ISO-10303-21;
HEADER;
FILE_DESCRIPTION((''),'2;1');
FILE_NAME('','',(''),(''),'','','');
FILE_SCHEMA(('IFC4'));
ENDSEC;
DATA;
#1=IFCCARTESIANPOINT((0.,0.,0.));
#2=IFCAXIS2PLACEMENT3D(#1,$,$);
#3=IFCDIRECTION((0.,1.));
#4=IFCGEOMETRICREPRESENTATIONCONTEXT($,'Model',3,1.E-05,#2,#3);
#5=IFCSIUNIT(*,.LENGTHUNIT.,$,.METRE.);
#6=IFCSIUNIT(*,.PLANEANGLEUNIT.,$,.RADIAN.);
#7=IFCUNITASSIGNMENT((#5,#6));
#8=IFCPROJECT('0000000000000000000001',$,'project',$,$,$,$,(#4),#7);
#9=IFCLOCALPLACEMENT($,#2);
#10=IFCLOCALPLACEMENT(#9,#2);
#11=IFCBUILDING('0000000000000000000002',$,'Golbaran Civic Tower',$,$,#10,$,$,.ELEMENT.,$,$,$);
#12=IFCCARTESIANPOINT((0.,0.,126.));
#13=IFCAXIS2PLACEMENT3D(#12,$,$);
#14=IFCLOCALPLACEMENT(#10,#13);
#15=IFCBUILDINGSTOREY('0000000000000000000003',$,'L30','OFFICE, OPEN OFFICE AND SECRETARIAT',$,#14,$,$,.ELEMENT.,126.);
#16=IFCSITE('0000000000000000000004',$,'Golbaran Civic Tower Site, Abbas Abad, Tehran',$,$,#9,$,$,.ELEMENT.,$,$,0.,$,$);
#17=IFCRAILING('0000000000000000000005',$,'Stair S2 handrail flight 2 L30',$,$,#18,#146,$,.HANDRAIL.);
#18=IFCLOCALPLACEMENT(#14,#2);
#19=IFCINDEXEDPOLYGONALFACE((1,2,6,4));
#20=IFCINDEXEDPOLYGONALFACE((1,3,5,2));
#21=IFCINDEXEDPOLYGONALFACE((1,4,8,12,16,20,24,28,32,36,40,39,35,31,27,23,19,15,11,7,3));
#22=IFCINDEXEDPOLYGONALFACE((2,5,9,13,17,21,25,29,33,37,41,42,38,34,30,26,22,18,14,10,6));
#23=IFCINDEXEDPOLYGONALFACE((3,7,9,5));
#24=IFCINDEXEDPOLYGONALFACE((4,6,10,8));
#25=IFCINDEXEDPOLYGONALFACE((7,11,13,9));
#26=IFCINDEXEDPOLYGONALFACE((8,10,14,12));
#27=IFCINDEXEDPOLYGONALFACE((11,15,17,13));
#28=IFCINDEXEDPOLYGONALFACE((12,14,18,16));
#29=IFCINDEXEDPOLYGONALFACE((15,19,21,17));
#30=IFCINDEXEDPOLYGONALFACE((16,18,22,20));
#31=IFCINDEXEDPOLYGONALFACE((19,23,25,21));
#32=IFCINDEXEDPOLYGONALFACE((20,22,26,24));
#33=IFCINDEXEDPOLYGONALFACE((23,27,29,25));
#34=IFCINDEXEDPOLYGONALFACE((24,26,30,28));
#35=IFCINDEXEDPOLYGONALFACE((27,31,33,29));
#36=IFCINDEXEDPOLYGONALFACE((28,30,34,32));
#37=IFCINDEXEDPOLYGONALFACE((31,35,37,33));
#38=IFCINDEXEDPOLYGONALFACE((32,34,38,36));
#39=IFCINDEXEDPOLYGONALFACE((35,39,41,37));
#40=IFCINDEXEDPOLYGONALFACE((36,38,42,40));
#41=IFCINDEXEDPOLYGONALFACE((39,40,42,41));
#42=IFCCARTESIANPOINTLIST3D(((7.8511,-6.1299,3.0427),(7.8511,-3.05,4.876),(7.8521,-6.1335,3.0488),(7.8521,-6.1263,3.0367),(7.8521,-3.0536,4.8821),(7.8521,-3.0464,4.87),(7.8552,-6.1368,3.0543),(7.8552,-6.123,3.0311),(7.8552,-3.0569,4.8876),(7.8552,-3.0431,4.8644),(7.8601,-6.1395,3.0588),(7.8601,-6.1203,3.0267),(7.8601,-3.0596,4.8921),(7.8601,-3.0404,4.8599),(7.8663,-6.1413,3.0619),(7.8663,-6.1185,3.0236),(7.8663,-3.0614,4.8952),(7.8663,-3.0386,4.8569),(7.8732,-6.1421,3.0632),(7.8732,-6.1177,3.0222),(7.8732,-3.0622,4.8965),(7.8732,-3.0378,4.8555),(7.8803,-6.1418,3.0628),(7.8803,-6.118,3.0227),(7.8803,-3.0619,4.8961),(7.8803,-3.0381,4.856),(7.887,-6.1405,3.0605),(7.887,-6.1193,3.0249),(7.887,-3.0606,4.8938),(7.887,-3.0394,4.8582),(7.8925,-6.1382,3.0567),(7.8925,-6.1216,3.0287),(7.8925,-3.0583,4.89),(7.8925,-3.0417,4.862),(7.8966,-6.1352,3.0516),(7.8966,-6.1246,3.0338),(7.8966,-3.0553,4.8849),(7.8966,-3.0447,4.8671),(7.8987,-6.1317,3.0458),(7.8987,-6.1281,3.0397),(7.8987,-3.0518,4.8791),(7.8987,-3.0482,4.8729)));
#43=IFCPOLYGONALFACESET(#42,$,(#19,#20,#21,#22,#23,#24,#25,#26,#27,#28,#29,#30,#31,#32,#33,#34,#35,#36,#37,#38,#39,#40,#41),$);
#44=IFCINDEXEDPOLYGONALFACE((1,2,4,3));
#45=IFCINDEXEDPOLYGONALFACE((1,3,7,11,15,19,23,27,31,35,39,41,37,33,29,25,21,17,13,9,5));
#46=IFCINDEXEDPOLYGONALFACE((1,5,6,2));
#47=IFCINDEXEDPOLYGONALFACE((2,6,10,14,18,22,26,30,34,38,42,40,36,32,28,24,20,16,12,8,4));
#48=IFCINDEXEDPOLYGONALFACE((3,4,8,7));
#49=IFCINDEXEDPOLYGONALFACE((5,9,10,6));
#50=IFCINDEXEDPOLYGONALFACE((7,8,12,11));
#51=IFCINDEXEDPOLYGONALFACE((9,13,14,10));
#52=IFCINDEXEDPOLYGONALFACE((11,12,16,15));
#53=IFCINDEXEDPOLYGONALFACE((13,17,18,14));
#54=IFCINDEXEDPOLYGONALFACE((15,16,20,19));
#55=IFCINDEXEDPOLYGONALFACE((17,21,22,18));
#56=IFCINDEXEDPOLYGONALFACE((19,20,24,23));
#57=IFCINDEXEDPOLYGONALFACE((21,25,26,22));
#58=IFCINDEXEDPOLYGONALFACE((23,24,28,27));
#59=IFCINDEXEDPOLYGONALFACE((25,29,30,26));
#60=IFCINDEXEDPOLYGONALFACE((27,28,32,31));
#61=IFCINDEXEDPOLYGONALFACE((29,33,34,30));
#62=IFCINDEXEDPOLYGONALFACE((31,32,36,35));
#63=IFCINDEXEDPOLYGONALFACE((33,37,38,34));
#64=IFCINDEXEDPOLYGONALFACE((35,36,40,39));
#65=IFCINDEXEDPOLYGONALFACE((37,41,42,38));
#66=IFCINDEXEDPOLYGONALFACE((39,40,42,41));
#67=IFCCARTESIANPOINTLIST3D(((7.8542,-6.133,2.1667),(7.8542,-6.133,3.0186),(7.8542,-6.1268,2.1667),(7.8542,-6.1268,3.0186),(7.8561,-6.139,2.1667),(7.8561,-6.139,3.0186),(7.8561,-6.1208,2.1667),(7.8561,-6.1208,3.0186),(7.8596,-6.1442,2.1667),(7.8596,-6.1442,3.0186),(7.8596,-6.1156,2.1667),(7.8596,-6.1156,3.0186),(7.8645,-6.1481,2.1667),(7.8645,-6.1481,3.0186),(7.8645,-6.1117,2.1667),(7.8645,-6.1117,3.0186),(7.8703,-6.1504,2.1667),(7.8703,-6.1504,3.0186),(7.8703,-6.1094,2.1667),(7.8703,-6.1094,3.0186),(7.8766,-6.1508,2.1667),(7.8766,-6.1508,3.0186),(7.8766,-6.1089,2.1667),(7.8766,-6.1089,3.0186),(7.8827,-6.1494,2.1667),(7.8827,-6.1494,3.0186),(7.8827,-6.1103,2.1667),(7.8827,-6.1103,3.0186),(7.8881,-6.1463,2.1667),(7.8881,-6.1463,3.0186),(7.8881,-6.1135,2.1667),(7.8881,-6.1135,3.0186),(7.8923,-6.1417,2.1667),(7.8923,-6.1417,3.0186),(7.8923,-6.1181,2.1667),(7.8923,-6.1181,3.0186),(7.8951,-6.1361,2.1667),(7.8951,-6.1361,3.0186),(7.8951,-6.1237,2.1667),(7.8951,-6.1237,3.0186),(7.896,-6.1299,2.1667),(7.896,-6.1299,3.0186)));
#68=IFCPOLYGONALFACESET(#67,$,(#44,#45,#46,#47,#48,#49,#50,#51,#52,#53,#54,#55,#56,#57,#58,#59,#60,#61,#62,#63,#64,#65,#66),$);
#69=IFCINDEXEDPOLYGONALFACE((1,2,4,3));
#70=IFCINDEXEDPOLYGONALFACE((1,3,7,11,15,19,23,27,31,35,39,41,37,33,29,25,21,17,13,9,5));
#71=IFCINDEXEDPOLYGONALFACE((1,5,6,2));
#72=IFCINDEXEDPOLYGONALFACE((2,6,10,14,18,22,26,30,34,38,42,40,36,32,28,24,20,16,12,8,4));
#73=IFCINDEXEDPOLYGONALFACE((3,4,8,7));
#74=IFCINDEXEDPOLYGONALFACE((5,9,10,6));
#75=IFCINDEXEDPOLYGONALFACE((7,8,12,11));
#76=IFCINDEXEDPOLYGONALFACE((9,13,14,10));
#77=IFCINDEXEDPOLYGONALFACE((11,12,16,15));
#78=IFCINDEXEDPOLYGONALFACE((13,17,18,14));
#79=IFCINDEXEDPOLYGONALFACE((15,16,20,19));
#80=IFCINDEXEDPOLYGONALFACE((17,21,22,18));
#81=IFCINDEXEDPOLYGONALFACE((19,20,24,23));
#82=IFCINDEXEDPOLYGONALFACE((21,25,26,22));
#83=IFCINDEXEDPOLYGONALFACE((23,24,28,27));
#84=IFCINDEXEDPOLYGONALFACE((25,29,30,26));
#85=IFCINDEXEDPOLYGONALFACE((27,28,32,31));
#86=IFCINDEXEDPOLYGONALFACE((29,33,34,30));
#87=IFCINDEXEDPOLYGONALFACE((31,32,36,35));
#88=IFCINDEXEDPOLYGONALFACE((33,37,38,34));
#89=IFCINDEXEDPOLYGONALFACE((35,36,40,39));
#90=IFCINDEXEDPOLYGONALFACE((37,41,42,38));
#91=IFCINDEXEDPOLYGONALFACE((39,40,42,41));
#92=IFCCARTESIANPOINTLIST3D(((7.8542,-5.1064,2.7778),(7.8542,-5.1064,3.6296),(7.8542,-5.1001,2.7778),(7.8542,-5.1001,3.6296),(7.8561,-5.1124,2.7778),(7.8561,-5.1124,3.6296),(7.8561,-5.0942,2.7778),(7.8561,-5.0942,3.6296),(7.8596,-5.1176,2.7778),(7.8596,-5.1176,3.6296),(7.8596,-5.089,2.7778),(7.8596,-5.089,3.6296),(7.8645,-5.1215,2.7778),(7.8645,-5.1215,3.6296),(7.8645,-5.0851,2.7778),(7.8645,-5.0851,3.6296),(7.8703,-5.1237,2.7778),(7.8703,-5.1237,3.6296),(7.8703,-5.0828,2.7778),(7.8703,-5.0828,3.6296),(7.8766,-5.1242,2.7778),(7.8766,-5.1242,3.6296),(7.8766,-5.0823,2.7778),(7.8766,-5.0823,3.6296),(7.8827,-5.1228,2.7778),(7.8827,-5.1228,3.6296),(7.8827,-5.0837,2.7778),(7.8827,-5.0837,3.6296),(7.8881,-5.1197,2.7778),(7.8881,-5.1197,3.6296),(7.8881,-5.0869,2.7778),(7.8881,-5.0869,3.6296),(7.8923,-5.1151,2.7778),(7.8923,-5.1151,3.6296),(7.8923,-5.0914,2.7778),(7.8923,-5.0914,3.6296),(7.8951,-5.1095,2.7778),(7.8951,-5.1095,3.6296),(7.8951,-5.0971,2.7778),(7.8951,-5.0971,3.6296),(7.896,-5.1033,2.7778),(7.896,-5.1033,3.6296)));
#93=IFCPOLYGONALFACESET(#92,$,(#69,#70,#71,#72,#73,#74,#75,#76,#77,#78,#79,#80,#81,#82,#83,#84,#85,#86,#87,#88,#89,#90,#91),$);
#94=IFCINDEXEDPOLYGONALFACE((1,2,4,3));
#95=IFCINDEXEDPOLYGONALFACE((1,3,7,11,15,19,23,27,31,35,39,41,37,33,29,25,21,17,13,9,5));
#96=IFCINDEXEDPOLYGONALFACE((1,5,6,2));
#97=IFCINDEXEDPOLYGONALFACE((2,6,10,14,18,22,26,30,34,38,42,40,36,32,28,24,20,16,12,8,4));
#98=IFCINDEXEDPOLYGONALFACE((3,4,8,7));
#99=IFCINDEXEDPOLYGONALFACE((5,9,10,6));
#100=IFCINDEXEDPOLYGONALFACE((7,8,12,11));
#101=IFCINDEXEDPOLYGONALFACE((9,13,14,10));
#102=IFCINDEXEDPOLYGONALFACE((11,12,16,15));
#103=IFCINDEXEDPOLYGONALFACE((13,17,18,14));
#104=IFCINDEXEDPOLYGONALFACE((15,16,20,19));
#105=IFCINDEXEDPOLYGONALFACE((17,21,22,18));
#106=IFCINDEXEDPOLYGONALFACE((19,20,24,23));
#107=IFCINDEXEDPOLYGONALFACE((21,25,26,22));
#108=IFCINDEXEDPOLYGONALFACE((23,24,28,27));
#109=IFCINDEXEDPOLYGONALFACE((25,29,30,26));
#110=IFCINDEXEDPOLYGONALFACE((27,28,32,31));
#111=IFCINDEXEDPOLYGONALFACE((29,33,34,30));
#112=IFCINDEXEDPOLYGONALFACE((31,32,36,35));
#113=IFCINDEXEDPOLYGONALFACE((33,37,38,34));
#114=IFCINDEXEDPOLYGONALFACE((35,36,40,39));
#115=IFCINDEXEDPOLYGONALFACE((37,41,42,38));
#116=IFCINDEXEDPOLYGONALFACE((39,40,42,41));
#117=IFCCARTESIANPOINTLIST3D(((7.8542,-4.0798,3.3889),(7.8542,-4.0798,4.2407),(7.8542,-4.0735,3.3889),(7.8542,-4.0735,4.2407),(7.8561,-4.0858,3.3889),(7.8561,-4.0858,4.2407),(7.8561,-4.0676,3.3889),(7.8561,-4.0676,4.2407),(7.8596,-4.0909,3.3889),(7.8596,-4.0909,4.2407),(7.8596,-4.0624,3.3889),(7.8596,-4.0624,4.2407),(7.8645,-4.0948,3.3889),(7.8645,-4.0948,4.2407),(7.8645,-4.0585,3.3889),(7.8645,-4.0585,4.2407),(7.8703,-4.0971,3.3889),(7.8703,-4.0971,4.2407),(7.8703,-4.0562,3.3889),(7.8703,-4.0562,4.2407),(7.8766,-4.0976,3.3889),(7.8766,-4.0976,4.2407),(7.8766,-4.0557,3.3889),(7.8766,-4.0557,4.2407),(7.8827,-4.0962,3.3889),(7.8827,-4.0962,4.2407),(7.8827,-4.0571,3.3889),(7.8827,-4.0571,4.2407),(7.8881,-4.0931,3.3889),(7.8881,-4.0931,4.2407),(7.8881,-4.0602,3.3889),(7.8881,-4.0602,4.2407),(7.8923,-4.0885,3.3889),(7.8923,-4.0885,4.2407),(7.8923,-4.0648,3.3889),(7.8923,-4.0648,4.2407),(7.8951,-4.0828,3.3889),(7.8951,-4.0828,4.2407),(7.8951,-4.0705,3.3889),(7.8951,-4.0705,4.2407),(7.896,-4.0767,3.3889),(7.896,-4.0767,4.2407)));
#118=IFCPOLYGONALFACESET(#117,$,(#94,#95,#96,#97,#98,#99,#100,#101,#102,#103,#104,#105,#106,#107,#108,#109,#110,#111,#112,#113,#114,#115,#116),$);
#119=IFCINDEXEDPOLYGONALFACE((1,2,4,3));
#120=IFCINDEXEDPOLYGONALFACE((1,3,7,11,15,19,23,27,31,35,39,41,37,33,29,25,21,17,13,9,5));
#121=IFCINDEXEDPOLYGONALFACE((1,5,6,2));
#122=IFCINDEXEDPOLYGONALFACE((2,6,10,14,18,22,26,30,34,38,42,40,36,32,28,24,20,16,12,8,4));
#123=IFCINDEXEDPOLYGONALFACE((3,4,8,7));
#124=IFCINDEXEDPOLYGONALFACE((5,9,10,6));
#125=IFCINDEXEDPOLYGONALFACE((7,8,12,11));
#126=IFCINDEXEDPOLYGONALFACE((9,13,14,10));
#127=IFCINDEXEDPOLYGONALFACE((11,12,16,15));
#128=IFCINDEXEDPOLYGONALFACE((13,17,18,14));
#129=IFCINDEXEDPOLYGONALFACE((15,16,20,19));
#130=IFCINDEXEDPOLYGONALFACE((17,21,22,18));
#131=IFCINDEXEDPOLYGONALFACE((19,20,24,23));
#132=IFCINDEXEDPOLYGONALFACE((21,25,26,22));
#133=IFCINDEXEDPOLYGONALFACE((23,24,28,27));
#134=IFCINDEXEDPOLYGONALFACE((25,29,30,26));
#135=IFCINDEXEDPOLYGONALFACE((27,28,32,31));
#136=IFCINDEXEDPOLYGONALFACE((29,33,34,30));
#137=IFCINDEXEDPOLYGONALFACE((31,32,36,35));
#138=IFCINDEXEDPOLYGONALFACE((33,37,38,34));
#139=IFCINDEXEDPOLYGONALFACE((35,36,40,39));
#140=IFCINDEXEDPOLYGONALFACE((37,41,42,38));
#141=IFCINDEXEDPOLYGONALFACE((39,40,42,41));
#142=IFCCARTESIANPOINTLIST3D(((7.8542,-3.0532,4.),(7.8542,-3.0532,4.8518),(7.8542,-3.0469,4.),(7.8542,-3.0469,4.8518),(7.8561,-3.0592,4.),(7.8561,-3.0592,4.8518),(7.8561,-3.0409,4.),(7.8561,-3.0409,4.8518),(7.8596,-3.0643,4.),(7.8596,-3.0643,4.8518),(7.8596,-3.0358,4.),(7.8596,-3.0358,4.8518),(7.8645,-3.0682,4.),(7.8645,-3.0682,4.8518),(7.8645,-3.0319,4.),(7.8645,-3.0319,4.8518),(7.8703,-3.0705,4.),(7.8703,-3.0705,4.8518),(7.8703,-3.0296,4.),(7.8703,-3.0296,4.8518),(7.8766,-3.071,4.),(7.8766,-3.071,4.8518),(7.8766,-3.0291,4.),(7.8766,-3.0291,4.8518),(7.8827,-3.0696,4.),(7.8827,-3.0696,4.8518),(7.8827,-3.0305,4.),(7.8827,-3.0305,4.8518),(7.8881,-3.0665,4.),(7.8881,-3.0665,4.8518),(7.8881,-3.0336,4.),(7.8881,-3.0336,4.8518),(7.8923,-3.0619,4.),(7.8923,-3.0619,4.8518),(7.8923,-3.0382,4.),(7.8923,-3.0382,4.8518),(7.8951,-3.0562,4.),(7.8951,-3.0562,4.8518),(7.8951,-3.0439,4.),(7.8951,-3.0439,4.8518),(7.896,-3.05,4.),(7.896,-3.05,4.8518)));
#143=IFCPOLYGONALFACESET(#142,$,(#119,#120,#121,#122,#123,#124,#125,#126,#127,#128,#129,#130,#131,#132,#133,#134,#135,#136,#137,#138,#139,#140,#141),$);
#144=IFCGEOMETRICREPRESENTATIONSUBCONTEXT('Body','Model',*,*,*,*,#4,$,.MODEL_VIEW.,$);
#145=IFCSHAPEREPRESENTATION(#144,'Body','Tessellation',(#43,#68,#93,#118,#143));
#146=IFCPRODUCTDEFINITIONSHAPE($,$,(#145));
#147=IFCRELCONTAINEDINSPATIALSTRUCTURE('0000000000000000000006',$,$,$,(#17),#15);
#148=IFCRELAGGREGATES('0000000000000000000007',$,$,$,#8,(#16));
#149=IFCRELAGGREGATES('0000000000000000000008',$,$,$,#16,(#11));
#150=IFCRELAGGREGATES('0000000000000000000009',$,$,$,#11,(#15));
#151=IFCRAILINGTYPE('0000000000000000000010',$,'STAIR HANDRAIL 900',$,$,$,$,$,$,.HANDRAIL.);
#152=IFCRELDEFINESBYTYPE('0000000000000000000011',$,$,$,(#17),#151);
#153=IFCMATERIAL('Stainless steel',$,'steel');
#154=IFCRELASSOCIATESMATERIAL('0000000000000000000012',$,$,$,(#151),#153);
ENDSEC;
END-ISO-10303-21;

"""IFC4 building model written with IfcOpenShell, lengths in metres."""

from ifc_helpers import new_model, si_unit, direction, frame, origin, origin_2d, place, context, subcontext, project, spatial, circle, extrude, material, type_object, element, save


model = new_model("IFC4")

# Units and contexts
model_context = context("Model", 3, precision=1e-05, world=origin(), true_north=direction((0.0, 1.0)))
body_context = subcontext(model_context, "Body", "Model", "MODEL_VIEW")
ifc_project = project(units=[si_unit("LENGTHUNIT", "METRE"), si_unit("PLANEANGLEUNIT", "RADIAN")], contexts=[model_context])

# Site, building, storey
site_placement = place(None, origin())
site = spatial("IfcSite", under=ifc_project, at=site_placement, Name="Golbaran Civic Tower Site, Abbas Abad, Tehran", CompositionType="ELEMENT", RefElevation=0.0)
building_placement = place(site_placement, origin())
building = spatial("IfcBuilding", under=site, at=building_placement, Name="Golbaran Civic Tower", CompositionType="ELEMENT")
storey_placement = place(building_placement, frame((0.0, 0.0, 126.0)))
storey = spatial("IfcBuildingStorey", under=building, at=storey_placement, Name="L30", Description="OFFICE, OPEN OFFICE AND SECRETARIAT", CompositionType="ELEMENT", Elevation=126.0)

# Shared definitions
ifc_material_1 = material(Name="Stainless steel", Category="steel")

# Railing
railing_type = type_object("IfcRailingType", Name="STAIR HANDRAIL 900", PredefinedType="HANDRAIL", material=ifc_material_1)
railing_1_placement = place(storey_placement, frame((7.875, -6.1299, 2.1667)))
element("IfcRailing", 1, at=railing_1_placement, inside=storey, type_object=railing_type, Name="Stair S2 handrail flight 2 L30", PredefinedType="HANDRAIL", context=body_context, shape_type="SweptSolid", body=[
    extrude(circle(Radius=0.0239, at=origin_2d()), frame((0.0, 0.0, 0.876), z_axis=(0.0, 0.859291, 0.511487), x_axis=(-1.0, 0.0, 0.0)), (0.0, 0.0, 1.0), 3.5842),
    extrude(circle(Radius=0.021, at=origin_2d()), origin(), (0.0, 0.0, 1.0), 0.8518),
    extrude(circle(Radius=0.021, at=origin_2d()), frame((0.0, 1.0266, 0.6111)), (0.0, 0.0, 1.0), 0.8518),
    extrude(circle(Radius=0.021, at=origin_2d()), frame((0.0, 2.0532, 1.2222)), (0.0, 0.0, 1.0), 0.8518),
    extrude(circle(Radius=0.021, at=origin_2d()), frame((0.0, 3.0798, 1.8333)), (0.0, 0.0, 1.0), 0.8518),
])

save(model, "model.ifc")
